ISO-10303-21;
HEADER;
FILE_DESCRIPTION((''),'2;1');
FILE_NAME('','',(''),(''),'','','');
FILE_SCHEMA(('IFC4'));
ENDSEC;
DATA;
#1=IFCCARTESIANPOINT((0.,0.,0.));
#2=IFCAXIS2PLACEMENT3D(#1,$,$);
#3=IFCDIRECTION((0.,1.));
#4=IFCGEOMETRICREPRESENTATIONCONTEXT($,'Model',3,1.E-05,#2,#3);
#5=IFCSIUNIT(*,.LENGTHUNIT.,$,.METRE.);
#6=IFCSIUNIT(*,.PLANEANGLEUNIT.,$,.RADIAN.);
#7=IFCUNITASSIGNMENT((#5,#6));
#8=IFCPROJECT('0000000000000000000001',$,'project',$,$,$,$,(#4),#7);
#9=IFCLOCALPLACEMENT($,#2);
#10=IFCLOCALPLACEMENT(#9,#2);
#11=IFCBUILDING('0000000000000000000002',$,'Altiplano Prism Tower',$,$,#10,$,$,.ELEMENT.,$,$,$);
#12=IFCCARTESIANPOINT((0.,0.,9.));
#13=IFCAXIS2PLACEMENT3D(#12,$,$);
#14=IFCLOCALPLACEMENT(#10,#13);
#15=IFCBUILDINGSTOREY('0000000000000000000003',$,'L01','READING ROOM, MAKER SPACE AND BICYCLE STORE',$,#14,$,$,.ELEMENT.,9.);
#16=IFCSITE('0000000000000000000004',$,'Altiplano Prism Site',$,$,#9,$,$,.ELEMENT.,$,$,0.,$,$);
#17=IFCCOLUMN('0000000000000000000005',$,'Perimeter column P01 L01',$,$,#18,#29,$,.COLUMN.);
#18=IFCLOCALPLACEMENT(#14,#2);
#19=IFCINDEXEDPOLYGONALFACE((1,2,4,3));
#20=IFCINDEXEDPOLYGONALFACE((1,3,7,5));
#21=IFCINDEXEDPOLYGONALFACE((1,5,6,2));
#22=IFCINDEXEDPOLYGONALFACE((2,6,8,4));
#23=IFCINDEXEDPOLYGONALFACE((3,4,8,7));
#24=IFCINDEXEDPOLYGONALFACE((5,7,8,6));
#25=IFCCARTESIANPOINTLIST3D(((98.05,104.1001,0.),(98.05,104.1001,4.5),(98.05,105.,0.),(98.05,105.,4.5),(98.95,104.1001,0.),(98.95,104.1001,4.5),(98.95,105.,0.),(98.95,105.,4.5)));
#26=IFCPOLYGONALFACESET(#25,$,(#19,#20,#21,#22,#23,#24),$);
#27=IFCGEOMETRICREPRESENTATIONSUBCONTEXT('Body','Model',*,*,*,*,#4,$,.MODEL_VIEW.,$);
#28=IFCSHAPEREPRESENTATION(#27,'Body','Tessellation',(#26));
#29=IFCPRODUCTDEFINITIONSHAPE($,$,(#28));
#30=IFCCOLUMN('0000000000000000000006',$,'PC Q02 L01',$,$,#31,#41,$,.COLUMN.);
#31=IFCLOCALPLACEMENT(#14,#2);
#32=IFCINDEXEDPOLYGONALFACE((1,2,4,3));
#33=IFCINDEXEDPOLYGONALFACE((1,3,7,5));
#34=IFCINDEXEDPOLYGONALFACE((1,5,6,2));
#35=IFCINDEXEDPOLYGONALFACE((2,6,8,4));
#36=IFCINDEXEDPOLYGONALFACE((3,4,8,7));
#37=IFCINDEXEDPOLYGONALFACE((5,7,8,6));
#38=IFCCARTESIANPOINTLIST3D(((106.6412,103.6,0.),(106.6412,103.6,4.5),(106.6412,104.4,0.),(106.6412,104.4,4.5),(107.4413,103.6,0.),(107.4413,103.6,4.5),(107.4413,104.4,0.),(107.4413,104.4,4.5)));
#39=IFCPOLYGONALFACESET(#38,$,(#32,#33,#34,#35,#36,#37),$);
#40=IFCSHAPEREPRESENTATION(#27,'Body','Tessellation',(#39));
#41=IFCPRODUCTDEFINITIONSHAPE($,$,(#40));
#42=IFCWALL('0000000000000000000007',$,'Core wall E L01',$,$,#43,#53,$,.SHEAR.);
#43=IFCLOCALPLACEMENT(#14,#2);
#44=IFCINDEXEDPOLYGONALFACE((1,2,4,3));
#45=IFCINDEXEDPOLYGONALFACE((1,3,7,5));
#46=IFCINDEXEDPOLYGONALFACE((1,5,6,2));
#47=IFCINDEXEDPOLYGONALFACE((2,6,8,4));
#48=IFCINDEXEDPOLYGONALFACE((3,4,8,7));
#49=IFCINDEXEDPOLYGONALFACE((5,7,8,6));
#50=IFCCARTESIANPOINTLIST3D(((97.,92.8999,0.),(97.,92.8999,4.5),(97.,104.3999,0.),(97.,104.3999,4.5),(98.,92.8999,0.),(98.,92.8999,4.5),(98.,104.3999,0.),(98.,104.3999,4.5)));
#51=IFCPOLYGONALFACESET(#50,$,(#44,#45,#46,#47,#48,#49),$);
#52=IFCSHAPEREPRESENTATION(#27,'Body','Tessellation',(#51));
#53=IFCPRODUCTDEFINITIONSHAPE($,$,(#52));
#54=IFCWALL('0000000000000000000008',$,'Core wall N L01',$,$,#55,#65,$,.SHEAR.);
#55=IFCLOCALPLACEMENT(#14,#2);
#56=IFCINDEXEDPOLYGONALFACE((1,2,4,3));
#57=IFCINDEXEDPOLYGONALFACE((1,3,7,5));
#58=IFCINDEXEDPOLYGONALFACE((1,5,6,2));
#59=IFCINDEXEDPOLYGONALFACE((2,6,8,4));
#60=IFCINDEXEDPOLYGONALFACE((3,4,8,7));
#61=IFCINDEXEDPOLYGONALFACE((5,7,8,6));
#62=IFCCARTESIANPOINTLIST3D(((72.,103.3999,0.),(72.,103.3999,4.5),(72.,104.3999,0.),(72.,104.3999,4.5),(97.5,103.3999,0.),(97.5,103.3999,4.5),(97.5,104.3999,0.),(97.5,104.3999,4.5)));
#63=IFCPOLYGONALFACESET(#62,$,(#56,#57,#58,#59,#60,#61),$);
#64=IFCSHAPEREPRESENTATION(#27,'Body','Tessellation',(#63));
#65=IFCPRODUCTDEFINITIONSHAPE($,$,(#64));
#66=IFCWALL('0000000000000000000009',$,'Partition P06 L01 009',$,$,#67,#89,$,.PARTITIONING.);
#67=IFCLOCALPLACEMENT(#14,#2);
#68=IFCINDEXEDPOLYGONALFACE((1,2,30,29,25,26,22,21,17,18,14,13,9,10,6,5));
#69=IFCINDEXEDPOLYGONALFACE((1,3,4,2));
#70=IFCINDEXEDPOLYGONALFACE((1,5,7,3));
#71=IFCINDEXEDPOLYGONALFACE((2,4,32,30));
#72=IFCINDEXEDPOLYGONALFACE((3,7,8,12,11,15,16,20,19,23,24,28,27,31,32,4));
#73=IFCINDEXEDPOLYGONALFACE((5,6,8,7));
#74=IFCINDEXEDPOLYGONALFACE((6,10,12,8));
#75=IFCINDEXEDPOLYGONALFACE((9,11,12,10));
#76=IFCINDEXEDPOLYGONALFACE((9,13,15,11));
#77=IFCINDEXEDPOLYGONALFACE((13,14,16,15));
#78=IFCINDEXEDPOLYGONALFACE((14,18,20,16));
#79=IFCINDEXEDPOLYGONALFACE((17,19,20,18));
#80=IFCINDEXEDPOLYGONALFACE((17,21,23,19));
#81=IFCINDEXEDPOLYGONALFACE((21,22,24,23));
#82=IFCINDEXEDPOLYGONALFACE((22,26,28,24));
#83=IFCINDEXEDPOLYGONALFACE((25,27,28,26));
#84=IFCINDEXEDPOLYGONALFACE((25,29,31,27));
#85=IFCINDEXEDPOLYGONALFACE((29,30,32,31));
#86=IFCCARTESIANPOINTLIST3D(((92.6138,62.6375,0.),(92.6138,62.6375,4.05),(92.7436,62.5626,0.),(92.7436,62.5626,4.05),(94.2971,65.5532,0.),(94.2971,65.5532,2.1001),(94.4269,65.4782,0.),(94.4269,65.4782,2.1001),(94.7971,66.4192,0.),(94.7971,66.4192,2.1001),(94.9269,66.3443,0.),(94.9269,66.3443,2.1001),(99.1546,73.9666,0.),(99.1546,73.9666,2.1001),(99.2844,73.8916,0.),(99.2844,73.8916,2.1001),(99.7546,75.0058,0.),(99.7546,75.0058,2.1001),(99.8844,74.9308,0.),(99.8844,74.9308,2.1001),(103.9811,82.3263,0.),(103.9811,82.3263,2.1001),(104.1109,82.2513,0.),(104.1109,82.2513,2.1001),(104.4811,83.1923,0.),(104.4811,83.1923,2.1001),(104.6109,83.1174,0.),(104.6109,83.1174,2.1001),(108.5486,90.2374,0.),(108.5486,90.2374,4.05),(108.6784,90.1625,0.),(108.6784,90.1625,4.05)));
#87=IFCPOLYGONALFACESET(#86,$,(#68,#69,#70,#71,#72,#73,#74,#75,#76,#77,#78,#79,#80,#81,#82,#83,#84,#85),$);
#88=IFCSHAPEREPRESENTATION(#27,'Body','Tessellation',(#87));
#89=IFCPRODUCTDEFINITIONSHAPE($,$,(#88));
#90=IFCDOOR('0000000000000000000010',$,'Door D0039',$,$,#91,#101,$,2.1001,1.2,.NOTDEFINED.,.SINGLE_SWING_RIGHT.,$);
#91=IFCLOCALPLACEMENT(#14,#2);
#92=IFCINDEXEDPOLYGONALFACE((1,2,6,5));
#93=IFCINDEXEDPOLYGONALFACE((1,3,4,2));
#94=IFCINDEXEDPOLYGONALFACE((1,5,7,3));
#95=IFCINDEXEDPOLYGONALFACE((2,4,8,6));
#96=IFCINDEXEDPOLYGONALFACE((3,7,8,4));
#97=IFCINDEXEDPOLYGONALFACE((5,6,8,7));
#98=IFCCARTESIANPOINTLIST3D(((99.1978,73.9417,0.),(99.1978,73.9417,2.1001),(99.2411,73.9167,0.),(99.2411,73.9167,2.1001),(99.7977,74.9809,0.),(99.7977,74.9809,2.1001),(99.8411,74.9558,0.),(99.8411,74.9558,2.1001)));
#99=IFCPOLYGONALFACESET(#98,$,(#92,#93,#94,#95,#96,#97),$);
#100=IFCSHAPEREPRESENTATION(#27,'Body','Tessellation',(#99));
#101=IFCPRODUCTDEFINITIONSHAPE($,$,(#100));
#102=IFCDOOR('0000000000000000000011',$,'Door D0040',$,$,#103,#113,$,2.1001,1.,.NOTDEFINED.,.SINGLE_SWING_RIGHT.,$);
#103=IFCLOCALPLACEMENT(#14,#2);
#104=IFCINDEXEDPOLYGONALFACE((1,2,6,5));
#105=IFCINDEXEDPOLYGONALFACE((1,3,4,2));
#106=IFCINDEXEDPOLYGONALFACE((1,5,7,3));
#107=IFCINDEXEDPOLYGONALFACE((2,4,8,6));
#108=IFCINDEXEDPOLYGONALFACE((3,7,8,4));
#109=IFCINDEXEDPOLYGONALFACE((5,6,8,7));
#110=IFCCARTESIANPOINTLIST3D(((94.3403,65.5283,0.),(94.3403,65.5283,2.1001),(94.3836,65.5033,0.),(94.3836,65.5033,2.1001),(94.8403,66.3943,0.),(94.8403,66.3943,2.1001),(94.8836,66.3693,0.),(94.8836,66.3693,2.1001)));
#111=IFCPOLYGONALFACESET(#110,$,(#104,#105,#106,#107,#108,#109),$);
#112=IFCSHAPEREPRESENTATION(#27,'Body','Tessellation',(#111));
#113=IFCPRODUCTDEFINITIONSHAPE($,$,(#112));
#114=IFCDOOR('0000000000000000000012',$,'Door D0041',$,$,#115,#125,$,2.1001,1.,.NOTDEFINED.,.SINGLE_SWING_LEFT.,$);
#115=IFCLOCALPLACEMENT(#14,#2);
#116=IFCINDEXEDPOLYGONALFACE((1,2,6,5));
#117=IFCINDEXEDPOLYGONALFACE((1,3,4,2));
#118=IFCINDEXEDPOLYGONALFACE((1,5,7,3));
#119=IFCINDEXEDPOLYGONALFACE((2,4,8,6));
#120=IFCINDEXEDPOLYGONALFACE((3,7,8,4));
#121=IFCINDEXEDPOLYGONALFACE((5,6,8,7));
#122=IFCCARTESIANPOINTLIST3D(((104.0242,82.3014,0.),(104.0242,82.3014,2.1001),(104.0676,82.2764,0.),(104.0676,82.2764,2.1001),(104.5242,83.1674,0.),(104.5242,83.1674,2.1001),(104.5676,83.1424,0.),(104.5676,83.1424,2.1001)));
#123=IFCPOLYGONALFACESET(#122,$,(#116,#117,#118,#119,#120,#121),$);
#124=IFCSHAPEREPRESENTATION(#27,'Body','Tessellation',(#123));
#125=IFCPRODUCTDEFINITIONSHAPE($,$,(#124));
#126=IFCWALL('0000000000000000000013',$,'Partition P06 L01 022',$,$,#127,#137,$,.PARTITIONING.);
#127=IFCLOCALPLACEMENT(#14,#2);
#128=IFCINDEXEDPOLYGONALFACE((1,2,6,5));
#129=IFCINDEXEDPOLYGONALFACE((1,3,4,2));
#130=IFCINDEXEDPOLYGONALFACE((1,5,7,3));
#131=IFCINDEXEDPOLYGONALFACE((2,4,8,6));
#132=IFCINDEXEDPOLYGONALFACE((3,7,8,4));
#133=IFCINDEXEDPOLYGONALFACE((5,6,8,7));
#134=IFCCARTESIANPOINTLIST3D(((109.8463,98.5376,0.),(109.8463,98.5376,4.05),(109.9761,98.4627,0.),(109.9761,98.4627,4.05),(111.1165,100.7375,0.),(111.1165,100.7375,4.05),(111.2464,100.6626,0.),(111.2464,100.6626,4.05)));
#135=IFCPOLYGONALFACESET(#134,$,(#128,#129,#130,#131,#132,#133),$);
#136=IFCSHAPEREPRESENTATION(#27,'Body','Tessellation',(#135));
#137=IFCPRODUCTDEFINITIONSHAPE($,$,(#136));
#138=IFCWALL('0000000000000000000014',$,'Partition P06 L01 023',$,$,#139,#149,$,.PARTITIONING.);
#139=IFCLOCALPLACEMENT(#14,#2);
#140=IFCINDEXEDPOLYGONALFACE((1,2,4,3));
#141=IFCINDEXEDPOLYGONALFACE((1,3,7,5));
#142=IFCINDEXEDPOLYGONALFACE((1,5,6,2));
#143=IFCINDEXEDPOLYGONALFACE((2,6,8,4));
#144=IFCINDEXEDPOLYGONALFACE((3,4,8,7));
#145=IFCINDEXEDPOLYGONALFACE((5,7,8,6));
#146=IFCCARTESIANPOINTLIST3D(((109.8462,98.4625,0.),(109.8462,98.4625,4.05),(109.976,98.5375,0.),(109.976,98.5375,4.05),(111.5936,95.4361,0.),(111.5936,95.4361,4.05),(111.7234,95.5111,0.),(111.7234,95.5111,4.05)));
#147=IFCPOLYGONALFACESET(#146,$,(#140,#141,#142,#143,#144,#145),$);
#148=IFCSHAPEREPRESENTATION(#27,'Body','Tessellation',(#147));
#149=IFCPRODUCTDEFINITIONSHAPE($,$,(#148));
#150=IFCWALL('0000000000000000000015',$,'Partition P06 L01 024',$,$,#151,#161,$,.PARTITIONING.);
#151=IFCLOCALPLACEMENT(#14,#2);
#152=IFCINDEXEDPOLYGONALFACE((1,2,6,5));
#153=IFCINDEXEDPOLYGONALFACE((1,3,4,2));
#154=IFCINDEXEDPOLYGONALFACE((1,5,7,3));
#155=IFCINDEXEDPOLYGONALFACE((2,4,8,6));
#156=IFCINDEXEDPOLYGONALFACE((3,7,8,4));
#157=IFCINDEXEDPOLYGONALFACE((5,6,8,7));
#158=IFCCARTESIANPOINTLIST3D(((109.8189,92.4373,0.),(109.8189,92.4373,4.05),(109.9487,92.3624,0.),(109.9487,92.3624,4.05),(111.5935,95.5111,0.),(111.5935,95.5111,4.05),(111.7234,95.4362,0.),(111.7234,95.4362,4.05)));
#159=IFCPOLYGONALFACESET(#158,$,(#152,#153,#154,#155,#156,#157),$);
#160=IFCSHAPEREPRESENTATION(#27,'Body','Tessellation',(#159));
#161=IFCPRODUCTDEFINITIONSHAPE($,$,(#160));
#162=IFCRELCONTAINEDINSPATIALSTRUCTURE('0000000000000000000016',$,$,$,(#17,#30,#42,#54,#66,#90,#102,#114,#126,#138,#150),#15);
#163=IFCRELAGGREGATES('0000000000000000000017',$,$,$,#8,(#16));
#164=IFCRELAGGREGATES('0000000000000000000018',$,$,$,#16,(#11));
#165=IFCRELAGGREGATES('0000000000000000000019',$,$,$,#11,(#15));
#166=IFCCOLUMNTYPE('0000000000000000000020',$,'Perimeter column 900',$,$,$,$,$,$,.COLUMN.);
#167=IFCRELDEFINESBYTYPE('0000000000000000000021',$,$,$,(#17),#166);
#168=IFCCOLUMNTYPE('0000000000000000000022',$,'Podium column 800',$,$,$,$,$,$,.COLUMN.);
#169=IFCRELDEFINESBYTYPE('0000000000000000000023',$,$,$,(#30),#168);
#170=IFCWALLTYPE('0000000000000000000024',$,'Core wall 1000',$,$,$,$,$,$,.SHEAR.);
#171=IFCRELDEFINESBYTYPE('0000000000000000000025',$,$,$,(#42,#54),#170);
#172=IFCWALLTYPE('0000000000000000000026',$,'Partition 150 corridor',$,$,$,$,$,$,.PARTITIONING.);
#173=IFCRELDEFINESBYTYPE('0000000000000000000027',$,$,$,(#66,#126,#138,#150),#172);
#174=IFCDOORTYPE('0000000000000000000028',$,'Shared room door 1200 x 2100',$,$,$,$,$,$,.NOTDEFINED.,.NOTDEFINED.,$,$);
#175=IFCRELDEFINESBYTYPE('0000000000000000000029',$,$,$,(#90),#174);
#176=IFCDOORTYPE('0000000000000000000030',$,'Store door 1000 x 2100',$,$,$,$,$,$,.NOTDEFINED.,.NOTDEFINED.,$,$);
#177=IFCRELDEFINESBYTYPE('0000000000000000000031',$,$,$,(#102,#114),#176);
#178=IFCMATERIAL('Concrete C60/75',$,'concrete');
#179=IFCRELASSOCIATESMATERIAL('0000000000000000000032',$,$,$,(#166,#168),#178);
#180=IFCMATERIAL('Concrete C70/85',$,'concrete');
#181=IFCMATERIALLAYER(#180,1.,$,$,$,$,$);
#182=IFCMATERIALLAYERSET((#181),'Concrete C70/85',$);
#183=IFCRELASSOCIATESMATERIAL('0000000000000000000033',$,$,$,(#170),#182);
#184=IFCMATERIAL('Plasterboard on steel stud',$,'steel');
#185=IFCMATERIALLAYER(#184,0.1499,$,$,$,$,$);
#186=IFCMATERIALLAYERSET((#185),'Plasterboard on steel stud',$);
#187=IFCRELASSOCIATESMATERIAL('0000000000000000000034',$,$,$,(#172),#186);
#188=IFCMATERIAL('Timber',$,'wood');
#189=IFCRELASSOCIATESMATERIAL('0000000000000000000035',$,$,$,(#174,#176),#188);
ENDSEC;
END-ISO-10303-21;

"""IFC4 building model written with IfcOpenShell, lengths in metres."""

from ifc_helpers import new_model, si_unit, direction, frame, frame_2d, origin, origin_2d, place, context, subcontext, project, spatial, rectangle, extrude, material, layer, layer_set, material_profile, profile_set, type_object, element, fill, save


model = new_model("IFC4")

# Units and contexts
model_context = context("Model", 3, precision=1e-05, world=origin(), true_north=direction((0.0, 1.0)))
body_context = subcontext(model_context, "Body", "Model", "MODEL_VIEW")
ifc_project = project(units=[si_unit("LENGTHUNIT", "METRE"), si_unit("PLANEANGLEUNIT", "RADIAN")], contexts=[model_context])

# Site, building, storey
site_placement = place(None, origin())
site = spatial("IfcSite", under=ifc_project, at=site_placement, Name="Altiplano Prism Site", CompositionType="ELEMENT", RefElevation=0.0)
building_placement = place(site_placement, origin())
building = spatial("IfcBuilding", under=site, at=building_placement, Name="Altiplano Prism Tower", CompositionType="ELEMENT")
storey_placement = place(building_placement, frame((0.0, 0.0, 9.0)))
storey = spatial("IfcBuildingStorey", under=building, at=storey_placement, Name="L01", Description="READING ROOM, MAKER SPACE AND BICYCLE STORE", CompositionType="ELEMENT", Elevation=9.0)

# Columns
ifc_material_1 = material(Name="Concrete C60/75", Category="concrete")
ifc_material_profile_1 = material_profile(ifc_material_1, rectangle(XDim=0.8999, YDim=0.8999, at=origin_2d()), Name="Perimeter column 900")
ifc_profile_set_1 = profile_set([ifc_material_profile_1], Name="Concrete C60/75")
column_type_1 = type_object("IfcColumnType", Name="Perimeter column 900", PredefinedType="COLUMN", material=ifc_profile_set_1)
column_1_placement = place(storey_placement, frame((98.5, 104.55, 0.0), z_axis=(0.0, 0.0, 1.0), x_axis=(1.0, 0.0, 0.0)))
element("IfcColumn", 1, at=column_1_placement, inside=storey, type_object=column_type_1, Name="Perimeter column P01 L01", PredefinedType="COLUMN", context=body_context, shape_type="SweptSolid", body=[
    extrude(rectangle(XDim=0.8999, YDim=0.8999, at=origin_2d()), origin(), (0.0, 0.0, 1.0), 4.5),
])
ifc_material_profile_2 = material_profile(ifc_material_1, rectangle(XDim=0.8, YDim=0.8, at=origin_2d()), Name="Podium column 800")
ifc_profile_set_2 = profile_set([ifc_material_profile_2], Name="Concrete C60/75")
column_type_2 = type_object("IfcColumnType", Name="Podium column 800", PredefinedType="COLUMN", material=ifc_profile_set_2)
column_2_placement = place(storey_placement, frame((107.0413, 104.0, 0.0), z_axis=(0.0, 0.0, 1.0), x_axis=(1.0, 0.0, 0.0)))
element("IfcColumn", 2, at=column_2_placement, inside=storey, type_object=column_type_2, Name="PC Q02 L01", PredefinedType="COLUMN", context=body_context, shape_type="SweptSolid", body=[
    extrude(rectangle(XDim=0.8, YDim=0.8, at=origin_2d()), origin(), (0.0, 0.0, 1.0), 4.5),
])

# Walls
ifc_material_2 = material(Name="Concrete C70/85", Category="concrete")
ifc_layer_1 = layer(ifc_material_2, 1.0)
ifc_layer_set_1 = layer_set([ifc_layer_1], Name="Concrete C70/85")
wall_type_1 = type_object("IfcWallType", Name="Core wall 1000", PredefinedType="SHEAR", material=ifc_layer_set_1)
wall_1_placement = place(storey_placement, frame((97.5, 92.8999, 0.0), z_axis=(0.0, 0.0, 1.0), x_axis=(0.0, 1.0, 0.0)))
element("IfcWall", 3, at=wall_1_placement, inside=storey, type_object=wall_type_1, Name="Core wall E L01", PredefinedType="SHEAR", context=body_context, shape_type="SweptSolid", body=[
    extrude(rectangle(XDim=11.5, YDim=1.0, at=frame_2d((5.75, 0.0))), origin(), (0.0, 0.0, 1.0), 4.5),
])
wall_2_placement = place(storey_placement, frame((97.5, 103.8999, 0.0), z_axis=(0.0, 0.0, 1.0), x_axis=(-1.0, 0.0, 0.0)))
element("IfcWall", 4, at=wall_2_placement, inside=storey, type_object=wall_type_1, Name="Core wall N L01", PredefinedType="SHEAR", context=body_context, shape_type="SweptSolid", body=[
    extrude(rectangle(XDim=25.5, YDim=1.0, at=frame_2d((12.75, 0.0))), origin(), (0.0, 0.0, 1.0), 4.5),
])

# Wall, openings, doors
ifc_material_3 = material(Name="Plasterboard on steel stud", Category="steel")
ifc_layer_2 = layer(ifc_material_3, 0.1499)
ifc_layer_set_2 = layer_set([ifc_layer_2], Name="Plasterboard on steel stud")
wall_type_2 = type_object("IfcWallType", Name="Partition 150 corridor", PredefinedType="PARTITIONING", material=ifc_layer_set_2)
wall_3_placement = place(storey_placement, frame((108.6135, 90.2, 0.0), z_axis=(0.0, 0.0, 1.0), x_axis=(-0.500001, -0.866025, 0.0)))
wall_3 = element("IfcWall", 5, at=wall_3_placement, inside=storey, type_object=wall_type_2, Name="Partition P06 L01 009", PredefinedType="PARTITIONING", context=body_context, shape_type="SweptSolid", body=[
    extrude(rectangle(XDim=31.8696, YDim=0.1499, at=frame_2d((15.9348, 0.0))), origin(), (0.0, 0.0, 1.0), 4.05),
])
opening_1_placement = place(wall_3_placement, frame((17.5879, 0.0, 0.0)))
opening_1 = element("IfcOpeningElement", 6, at=opening_1_placement, cuts=wall_3, PredefinedType="OPENING", context=body_context, shape_type="SweptSolid", body=[
    extrude(rectangle(XDim=1.2, YDim=2.1001, at=frame_2d((0.6001, 1.05))), frame((0.0, 0.0854, 0.0), z_axis=(0.0, -1.0, 0.0), x_axis=(1.0, 0.0, 0.0)), (0.0, 0.0, 1.0), 0.1709),
])
opening_2_placement = place(wall_3_placement, frame((27.5029, 0.0, 0.0)))
opening_2 = element("IfcOpeningElement", 7, at=opening_2_placement, cuts=wall_3, PredefinedType="OPENING", context=body_context, shape_type="SweptSolid", body=[
    extrude(rectangle(XDim=1.0, YDim=2.1001, at=frame_2d((0.5, 1.05))), frame((0.0, 0.0854, 0.0), z_axis=(0.0, -1.0, 0.0), x_axis=(1.0, 0.0, 0.0)), (0.0, 0.0, 1.0), 0.1709),
])
opening_3_placement = place(wall_3_placement, frame((8.135, 0.0, 0.0)))
opening_3 = element("IfcOpeningElement", 8, at=opening_3_placement, cuts=wall_3, PredefinedType="OPENING", context=body_context, shape_type="SweptSolid", body=[
    extrude(rectangle(XDim=1.0, YDim=2.1001, at=frame_2d((0.5, 1.05))), frame((0.0, 0.0854, 0.0), z_axis=(0.0, -1.0, 0.0), x_axis=(1.0, 0.0, 0.0)), (0.0, 0.0, 1.0), 0.1709),
])
ifc_material_4 = material(Name="Timber", Category="wood")
door_type_1 = type_object("IfcDoorType", Name="Shared room door 1200 x 2100", OperationType="NOTDEFINED", PredefinedType="NOTDEFINED", material=ifc_material_4)
door_1_placement = place(opening_1_placement, origin())
door_1 = element("IfcDoor", 9, at=door_1_placement, inside=storey, type_object=door_type_1, Name="Door D0039", OperationType="SINGLE_SWING_RIGHT", OverallHeight=2.1001, OverallWidth=1.2, PredefinedType="NOTDEFINED", context=body_context, shape_type="SweptSolid", body=[
    extrude(rectangle(XDim=1.2, YDim=2.1001, at=frame_2d((0.6001, 1.05))), frame((0.0, 0.0249, 0.0), z_axis=(0.0, -1.0, 0.0), x_axis=(1.0, 0.0, 0.0)), (0.0, 0.0, 1.0), 0.05),
])
fill(opening_1, door_1)
door_type_2 = type_object("IfcDoorType", Name="Store door 1000 x 2100", OperationType="NOTDEFINED", PredefinedType="NOTDEFINED", material=ifc_material_4)
door_2_placement = place(opening_2_placement, origin())
door_2 = element("IfcDoor", 10, at=door_2_placement, inside=storey, type_object=door_type_2, Name="Door D0040", OperationType="SINGLE_SWING_RIGHT", OverallHeight=2.1001, OverallWidth=1.0, PredefinedType="NOTDEFINED", context=body_context, shape_type="SweptSolid", body=[
    extrude(rectangle(XDim=1.0, YDim=2.1001, at=frame_2d((0.5, 1.05))), frame((0.0, 0.0249, 0.0), z_axis=(0.0, -1.0, 0.0), x_axis=(1.0, 0.0, 0.0)), (0.0, 0.0, 1.0), 0.05),
])
fill(opening_2, door_2)
door_3_placement = place(opening_3_placement, origin())
door_3 = element("IfcDoor", 11, at=door_3_placement, inside=storey, type_object=door_type_2, Name="Door D0041", OperationType="SINGLE_SWING_LEFT", OverallHeight=2.1001, OverallWidth=1.0, PredefinedType="NOTDEFINED", context=body_context, shape_type="SweptSolid", body=[
    extrude(rectangle(XDim=1.0, YDim=2.1001, at=frame_2d((0.5, 1.05))), frame((0.0, 0.0249, 0.0), z_axis=(0.0, -1.0, 0.0), x_axis=(1.0, 0.0, 0.0)), (0.0, 0.0, 1.0), 0.05),
])
fill(opening_3, door_3)

# Walls
wall_4_placement = place(storey_placement, frame((111.1814, 100.7, 0.0), z_axis=(0.0, 0.0, 1.0), x_axis=(-0.500036, -0.866005, 0.0)))
element("IfcWall", 12, at=wall_4_placement, inside=storey, type_object=wall_type_2, Name="Partition P06 L01 022", PredefinedType="PARTITIONING", context=body_context, shape_type="SweptSolid", body=[
    extrude(rectangle(XDim=2.5403, YDim=0.1499, at=frame_2d((1.27, 0.0))), origin(), (0.0, 0.0, 1.0), 4.05),
])
wall_5_placement = place(storey_placement, frame((109.9111, 98.5, 0.0), z_axis=(0.0, 0.0, 1.0), x_axis=(0.500009, -0.86602, 0.0)))
element("IfcWall", 13, at=wall_5_placement, inside=storey, type_object=wall_type_2, Name="Partition P06 L01 023", PredefinedType="PARTITIONING", context=body_context, shape_type="SweptSolid", body=[
    extrude(rectangle(XDim=3.4946, YDim=0.1499, at=frame_2d((1.7473, 0.0))), origin(), (0.0, 0.0, 1.0), 4.05),
])
wall_6_placement = place(storey_placement, frame((111.6584, 95.4736, 0.0), z_axis=(0.0, 0.0, 1.0), x_axis=(-0.500008, -0.866021, 0.0)))
element("IfcWall", 14, at=wall_6_placement, inside=storey, type_object=wall_type_2, Name="Partition P06 L01 024", PredefinedType="PARTITIONING", context=body_context, shape_type="SweptSolid", body=[
    extrude(rectangle(XDim=3.5493, YDim=0.1499, at=frame_2d((1.7747, 0.0))), origin(), (0.0, 0.0, 1.0), 4.05),
])

save(model, "model.ifc")
